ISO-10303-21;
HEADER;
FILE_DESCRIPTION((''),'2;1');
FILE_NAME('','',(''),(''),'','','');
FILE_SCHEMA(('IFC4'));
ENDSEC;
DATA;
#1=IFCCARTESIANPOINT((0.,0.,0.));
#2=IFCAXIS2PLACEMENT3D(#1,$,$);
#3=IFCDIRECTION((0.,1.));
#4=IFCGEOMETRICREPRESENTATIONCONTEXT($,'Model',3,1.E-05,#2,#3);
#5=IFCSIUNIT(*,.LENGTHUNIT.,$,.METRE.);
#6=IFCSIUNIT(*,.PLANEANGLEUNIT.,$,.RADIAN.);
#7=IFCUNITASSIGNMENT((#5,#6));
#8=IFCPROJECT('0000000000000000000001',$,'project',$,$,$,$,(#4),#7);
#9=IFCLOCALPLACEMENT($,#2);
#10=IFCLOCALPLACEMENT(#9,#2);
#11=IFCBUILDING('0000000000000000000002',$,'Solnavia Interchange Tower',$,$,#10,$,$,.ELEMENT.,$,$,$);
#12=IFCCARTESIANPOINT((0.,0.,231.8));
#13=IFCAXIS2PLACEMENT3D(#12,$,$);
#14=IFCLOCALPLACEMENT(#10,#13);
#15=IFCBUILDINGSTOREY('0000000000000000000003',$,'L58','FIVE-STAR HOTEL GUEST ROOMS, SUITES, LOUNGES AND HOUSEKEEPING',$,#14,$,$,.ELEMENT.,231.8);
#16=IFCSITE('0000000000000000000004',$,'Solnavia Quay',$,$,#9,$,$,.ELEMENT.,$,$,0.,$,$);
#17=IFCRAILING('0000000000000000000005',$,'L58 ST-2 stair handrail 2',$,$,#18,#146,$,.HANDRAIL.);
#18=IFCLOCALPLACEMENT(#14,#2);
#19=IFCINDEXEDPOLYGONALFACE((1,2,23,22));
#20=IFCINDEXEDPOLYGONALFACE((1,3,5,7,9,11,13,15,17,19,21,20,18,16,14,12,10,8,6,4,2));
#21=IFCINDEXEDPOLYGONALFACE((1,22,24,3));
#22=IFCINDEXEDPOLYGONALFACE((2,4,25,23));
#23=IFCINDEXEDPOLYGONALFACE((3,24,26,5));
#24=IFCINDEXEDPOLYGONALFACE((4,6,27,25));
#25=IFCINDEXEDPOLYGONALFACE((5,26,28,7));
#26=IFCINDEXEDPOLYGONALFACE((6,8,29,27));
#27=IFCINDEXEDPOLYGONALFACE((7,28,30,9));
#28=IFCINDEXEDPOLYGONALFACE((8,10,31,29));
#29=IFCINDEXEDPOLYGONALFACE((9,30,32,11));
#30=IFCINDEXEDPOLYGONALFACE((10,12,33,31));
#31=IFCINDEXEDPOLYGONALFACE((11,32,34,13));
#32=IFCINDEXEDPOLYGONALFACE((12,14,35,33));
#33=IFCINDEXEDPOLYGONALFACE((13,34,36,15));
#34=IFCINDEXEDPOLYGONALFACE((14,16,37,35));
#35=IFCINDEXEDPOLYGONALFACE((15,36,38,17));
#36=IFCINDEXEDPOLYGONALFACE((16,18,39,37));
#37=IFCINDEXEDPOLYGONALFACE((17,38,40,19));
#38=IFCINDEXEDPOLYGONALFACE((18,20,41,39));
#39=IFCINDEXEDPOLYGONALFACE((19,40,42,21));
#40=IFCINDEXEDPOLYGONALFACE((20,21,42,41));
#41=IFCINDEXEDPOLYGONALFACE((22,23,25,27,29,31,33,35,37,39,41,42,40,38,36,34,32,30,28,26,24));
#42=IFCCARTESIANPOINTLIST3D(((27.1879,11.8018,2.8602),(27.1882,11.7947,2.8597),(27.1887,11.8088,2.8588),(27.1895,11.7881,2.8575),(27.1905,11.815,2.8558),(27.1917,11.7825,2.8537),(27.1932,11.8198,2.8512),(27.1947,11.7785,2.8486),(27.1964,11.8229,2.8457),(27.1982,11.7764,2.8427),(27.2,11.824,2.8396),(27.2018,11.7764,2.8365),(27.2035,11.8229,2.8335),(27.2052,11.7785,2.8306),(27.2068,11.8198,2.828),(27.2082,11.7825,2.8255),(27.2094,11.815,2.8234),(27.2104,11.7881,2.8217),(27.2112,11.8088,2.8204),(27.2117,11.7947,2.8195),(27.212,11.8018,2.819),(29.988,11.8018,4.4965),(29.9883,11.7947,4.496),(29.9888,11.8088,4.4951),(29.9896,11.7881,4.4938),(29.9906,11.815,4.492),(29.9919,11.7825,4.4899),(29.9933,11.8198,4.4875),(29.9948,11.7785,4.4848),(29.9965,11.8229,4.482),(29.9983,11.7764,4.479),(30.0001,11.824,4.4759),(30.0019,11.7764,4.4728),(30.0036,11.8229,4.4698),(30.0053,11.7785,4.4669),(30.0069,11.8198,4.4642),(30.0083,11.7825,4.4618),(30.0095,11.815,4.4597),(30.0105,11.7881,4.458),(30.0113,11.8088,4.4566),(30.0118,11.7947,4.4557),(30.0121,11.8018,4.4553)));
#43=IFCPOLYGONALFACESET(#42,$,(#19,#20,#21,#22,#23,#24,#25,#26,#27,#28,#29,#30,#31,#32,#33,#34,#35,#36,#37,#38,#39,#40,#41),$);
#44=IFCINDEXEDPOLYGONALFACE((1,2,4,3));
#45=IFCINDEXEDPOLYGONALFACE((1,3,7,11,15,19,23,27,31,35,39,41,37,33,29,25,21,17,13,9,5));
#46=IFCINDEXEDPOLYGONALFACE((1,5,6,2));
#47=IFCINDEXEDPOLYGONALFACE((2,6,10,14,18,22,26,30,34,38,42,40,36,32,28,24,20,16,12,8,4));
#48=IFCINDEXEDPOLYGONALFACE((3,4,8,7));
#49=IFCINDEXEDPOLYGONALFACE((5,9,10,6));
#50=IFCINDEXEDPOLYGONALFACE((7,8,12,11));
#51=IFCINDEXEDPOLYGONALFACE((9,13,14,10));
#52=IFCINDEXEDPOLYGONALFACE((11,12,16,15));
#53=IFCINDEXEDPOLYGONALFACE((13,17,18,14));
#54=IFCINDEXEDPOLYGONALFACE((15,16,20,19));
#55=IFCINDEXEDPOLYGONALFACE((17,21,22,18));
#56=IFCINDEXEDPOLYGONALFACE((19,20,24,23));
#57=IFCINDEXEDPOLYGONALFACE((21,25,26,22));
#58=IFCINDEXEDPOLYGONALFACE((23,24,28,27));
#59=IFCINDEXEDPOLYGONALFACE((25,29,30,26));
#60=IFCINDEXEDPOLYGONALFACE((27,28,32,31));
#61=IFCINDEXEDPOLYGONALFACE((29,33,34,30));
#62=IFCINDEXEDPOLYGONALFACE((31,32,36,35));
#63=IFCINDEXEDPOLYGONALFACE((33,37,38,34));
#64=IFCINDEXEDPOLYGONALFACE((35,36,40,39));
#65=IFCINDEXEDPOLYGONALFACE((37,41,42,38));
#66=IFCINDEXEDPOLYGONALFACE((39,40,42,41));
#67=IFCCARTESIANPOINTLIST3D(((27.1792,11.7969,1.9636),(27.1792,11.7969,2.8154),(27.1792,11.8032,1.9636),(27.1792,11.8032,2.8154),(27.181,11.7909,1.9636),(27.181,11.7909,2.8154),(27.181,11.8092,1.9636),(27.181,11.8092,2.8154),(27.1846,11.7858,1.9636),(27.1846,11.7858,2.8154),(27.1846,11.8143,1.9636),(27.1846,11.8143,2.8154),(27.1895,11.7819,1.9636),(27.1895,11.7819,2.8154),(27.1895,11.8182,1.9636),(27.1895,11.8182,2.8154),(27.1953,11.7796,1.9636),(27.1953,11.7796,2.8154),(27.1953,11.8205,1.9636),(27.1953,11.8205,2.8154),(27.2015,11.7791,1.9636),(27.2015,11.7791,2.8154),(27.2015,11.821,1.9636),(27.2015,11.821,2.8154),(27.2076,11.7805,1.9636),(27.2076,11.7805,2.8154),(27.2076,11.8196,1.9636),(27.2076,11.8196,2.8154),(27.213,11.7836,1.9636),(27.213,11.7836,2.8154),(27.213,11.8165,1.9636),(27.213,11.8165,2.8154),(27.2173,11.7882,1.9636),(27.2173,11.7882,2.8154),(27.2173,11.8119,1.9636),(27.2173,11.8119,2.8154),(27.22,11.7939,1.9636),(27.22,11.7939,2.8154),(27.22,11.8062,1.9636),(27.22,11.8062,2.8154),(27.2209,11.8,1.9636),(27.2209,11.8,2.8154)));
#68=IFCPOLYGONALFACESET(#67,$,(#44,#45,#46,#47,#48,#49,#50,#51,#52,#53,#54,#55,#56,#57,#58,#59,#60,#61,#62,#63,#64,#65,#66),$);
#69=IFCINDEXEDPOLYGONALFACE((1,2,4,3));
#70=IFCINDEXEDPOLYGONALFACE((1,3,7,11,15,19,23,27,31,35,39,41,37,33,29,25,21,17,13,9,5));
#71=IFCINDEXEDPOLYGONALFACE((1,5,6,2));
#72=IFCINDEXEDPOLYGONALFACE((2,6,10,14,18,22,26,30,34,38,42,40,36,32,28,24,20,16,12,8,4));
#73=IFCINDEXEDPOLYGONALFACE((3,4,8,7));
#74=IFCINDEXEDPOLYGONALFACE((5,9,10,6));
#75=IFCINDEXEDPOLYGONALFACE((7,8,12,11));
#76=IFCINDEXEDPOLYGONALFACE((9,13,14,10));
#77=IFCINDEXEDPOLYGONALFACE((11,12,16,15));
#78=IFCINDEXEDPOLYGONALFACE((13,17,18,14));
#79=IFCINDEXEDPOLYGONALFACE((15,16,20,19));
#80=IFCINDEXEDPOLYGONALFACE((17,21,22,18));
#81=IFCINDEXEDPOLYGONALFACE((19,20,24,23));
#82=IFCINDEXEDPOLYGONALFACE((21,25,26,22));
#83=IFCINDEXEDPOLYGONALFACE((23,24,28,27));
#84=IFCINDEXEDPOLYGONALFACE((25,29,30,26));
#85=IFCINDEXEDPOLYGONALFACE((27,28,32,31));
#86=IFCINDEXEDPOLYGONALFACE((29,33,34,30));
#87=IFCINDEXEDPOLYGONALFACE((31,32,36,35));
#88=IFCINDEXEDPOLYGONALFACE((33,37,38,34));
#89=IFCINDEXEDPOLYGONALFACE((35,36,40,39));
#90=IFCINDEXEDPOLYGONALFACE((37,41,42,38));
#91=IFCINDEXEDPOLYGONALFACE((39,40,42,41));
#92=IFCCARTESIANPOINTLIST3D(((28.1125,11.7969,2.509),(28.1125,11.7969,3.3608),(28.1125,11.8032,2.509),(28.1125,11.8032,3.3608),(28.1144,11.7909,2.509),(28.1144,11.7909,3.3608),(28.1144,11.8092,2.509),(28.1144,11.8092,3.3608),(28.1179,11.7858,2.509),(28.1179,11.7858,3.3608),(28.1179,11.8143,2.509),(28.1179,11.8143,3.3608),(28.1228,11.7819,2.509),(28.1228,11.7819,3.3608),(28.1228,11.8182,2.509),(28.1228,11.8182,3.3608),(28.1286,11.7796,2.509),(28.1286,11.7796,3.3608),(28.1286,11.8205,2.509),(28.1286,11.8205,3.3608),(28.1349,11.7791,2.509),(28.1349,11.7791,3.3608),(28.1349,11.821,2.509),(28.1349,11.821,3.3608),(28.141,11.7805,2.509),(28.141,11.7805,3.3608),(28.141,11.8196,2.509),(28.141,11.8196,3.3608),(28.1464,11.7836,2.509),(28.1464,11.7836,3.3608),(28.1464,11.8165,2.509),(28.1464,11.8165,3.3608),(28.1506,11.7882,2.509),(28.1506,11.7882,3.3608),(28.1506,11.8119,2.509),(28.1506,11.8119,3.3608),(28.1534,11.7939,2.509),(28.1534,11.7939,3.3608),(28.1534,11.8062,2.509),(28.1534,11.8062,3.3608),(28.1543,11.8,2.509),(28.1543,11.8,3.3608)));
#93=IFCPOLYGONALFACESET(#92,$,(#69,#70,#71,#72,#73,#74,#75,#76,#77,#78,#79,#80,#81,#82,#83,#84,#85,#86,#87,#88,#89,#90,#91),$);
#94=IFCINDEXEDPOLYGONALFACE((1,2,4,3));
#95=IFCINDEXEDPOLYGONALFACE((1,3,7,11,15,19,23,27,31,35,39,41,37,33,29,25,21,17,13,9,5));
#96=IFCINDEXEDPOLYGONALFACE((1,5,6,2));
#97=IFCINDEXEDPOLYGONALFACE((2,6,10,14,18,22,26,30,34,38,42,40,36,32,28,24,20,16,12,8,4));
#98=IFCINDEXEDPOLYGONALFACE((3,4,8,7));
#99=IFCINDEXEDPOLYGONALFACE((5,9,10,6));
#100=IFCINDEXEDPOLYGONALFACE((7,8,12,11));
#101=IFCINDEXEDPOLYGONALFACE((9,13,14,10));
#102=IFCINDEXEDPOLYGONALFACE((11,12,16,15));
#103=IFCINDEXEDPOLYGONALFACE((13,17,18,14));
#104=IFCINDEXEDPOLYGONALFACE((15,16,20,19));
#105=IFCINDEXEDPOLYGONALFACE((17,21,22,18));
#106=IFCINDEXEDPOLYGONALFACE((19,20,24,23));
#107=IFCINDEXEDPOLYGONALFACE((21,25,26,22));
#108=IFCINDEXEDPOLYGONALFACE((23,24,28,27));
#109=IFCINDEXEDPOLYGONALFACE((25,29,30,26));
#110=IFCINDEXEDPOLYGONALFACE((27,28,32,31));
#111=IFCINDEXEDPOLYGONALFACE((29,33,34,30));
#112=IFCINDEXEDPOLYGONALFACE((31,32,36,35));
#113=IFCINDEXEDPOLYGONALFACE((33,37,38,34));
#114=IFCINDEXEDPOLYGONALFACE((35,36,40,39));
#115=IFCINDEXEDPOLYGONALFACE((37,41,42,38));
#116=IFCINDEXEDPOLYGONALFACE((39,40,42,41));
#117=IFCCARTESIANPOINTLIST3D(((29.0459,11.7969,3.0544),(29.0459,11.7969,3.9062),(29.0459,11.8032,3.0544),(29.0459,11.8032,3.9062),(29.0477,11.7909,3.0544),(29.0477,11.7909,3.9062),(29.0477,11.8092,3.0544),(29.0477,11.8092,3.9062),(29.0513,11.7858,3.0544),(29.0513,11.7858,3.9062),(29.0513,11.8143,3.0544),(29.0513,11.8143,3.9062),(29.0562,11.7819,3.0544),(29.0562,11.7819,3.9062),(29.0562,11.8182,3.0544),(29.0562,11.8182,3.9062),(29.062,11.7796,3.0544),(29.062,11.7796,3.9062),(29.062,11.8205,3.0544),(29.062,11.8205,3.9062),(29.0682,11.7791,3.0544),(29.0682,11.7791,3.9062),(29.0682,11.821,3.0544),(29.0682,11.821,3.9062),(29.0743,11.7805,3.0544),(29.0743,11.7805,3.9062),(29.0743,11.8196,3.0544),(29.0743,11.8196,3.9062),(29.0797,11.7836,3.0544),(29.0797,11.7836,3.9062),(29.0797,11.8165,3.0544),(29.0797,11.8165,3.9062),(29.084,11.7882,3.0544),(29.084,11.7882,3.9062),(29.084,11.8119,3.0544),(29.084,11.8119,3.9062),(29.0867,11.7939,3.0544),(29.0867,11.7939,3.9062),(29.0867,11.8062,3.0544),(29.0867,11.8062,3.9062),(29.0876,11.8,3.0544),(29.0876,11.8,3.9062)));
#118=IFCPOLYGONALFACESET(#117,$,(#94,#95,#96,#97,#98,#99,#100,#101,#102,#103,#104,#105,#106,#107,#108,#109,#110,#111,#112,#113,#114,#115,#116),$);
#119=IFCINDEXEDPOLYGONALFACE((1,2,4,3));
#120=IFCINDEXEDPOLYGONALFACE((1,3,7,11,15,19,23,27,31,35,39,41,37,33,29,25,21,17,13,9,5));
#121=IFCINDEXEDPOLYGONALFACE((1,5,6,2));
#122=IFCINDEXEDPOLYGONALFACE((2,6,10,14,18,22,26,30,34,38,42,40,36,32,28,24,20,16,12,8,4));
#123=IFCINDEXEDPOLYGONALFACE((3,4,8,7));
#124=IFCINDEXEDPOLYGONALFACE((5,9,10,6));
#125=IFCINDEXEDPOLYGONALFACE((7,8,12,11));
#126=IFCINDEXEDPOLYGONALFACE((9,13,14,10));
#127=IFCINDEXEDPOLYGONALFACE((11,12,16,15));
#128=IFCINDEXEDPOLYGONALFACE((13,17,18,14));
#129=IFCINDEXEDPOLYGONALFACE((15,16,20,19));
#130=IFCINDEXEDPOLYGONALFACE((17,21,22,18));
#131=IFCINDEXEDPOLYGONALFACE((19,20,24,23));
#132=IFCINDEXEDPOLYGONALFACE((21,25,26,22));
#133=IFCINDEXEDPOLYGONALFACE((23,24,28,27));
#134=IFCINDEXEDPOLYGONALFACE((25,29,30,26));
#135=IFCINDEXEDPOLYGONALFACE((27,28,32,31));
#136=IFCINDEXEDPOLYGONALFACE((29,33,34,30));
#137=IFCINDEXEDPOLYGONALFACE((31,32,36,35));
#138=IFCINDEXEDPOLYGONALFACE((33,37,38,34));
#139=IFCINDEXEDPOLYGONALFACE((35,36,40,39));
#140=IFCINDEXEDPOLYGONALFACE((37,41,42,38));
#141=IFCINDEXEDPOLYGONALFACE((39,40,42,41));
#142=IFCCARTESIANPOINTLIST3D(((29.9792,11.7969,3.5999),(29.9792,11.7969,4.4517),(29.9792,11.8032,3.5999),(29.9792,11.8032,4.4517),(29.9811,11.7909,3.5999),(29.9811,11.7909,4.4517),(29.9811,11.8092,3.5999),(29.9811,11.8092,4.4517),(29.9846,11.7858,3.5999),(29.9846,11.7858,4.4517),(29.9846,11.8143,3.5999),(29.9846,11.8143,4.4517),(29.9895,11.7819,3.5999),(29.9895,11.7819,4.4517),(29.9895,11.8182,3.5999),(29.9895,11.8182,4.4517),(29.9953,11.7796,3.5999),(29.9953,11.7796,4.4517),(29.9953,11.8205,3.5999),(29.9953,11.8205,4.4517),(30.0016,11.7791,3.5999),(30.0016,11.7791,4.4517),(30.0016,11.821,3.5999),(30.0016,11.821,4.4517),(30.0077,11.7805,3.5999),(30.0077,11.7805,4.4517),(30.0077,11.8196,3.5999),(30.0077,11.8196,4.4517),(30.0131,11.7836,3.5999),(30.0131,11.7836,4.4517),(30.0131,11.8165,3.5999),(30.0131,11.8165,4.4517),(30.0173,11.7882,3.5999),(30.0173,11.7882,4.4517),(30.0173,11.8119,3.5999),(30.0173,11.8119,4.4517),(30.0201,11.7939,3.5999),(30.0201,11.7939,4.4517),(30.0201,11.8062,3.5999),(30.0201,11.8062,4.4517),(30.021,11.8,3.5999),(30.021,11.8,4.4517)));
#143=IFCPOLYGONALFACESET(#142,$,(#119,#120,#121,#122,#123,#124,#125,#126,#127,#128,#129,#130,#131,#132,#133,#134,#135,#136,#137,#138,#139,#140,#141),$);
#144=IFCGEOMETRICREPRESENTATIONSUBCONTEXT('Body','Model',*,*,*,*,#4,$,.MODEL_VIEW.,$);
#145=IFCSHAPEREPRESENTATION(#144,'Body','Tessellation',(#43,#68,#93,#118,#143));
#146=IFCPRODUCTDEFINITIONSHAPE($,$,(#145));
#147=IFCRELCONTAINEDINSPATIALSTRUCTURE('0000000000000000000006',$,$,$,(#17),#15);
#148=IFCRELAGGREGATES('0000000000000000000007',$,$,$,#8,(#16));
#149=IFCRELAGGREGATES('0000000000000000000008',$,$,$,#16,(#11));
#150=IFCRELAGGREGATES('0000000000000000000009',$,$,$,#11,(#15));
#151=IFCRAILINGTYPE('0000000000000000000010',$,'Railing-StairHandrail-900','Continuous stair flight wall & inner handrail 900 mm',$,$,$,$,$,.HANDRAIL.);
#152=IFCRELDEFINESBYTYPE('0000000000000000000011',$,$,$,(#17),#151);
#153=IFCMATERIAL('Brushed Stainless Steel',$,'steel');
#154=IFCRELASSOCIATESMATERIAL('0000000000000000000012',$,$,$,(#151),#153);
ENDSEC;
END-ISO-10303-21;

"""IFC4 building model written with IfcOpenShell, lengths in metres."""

from ifc_helpers import new_model, si_unit, direction, frame, origin, origin_2d, place, context, subcontext, project, spatial, circle, extrude, material, type_object, element, save


model = new_model("IFC4")

# Units and contexts
model_context = context("Model", 3, precision=1e-05, world=origin(), true_north=direction((0.0, 1.0)))
body_context = subcontext(model_context, "Body", "Model", "MODEL_VIEW")
ifc_project = project(units=[si_unit("LENGTHUNIT", "METRE"), si_unit("PLANEANGLEUNIT", "RADIAN")], contexts=[model_context])

# Site, building, storey
site_placement = place(None, origin())
site = spatial("IfcSite", under=ifc_project, at=site_placement, Name="Solnavia Quay", CompositionType="ELEMENT", RefElevation=0.0)
building_placement = place(site_placement, origin())
building = spatial("IfcBuilding", under=site, at=building_placement, Name="Solnavia Interchange Tower", CompositionType="ELEMENT")
storey_placement = place(building_placement, frame((0.0, 0.0, 231.8)))
storey = spatial("IfcBuildingStorey", under=building, at=storey_placement, Name="L58", Description="FIVE-STAR HOTEL GUEST ROOMS, SUITES, LOUNGES AND HOUSEKEEPING", CompositionType="ELEMENT", Elevation=231.8)

# Railing
ifc_material_1 = material(Name="Brushed Stainless Steel", Category="steel")
railing_type_1 = type_object("IfcRailingType", Name="Railing-StairHandrail-900", Description="Continuous stair flight wall & inner handrail 900 mm", PredefinedType="HANDRAIL", material=ifc_material_1)
railing_1_placement = place(storey_placement, frame((27.2, 11.8, 1.9636)))
element("IfcRailing", 1, at=railing_1_placement, inside=storey, type_object=railing_type_1, Name="L58 ST-2 stair handrail 2", PredefinedType="HANDRAIL", context=body_context, shape_type="SweptSolid", body=[
    extrude(circle(Radius=0.0239, at=origin_2d()), frame((0.0, 0.0, 0.876), z_axis=(0.863394, 0.0, 0.504531), x_axis=(0.0, 1.0, 0.0)), (0.0, 0.0, 1.0), 3.2432),
    extrude(circle(Radius=0.021, at=origin_2d()), origin(), (0.0, 0.0, 1.0), 0.8518),
    extrude(circle(Radius=0.021, at=origin_2d()), frame((0.9333, 0.0, 0.5454)), (0.0, 0.0, 1.0), 0.8518),
    extrude(circle(Radius=0.021, at=origin_2d()), frame((1.8667, 0.0, 1.0908)), (0.0, 0.0, 1.0), 0.8518),
    extrude(circle(Radius=0.021, at=origin_2d()), frame((2.8, 0.0, 1.6362)), (0.0, 0.0, 1.0), 0.8518),
])

save(model, "model.ifc")
